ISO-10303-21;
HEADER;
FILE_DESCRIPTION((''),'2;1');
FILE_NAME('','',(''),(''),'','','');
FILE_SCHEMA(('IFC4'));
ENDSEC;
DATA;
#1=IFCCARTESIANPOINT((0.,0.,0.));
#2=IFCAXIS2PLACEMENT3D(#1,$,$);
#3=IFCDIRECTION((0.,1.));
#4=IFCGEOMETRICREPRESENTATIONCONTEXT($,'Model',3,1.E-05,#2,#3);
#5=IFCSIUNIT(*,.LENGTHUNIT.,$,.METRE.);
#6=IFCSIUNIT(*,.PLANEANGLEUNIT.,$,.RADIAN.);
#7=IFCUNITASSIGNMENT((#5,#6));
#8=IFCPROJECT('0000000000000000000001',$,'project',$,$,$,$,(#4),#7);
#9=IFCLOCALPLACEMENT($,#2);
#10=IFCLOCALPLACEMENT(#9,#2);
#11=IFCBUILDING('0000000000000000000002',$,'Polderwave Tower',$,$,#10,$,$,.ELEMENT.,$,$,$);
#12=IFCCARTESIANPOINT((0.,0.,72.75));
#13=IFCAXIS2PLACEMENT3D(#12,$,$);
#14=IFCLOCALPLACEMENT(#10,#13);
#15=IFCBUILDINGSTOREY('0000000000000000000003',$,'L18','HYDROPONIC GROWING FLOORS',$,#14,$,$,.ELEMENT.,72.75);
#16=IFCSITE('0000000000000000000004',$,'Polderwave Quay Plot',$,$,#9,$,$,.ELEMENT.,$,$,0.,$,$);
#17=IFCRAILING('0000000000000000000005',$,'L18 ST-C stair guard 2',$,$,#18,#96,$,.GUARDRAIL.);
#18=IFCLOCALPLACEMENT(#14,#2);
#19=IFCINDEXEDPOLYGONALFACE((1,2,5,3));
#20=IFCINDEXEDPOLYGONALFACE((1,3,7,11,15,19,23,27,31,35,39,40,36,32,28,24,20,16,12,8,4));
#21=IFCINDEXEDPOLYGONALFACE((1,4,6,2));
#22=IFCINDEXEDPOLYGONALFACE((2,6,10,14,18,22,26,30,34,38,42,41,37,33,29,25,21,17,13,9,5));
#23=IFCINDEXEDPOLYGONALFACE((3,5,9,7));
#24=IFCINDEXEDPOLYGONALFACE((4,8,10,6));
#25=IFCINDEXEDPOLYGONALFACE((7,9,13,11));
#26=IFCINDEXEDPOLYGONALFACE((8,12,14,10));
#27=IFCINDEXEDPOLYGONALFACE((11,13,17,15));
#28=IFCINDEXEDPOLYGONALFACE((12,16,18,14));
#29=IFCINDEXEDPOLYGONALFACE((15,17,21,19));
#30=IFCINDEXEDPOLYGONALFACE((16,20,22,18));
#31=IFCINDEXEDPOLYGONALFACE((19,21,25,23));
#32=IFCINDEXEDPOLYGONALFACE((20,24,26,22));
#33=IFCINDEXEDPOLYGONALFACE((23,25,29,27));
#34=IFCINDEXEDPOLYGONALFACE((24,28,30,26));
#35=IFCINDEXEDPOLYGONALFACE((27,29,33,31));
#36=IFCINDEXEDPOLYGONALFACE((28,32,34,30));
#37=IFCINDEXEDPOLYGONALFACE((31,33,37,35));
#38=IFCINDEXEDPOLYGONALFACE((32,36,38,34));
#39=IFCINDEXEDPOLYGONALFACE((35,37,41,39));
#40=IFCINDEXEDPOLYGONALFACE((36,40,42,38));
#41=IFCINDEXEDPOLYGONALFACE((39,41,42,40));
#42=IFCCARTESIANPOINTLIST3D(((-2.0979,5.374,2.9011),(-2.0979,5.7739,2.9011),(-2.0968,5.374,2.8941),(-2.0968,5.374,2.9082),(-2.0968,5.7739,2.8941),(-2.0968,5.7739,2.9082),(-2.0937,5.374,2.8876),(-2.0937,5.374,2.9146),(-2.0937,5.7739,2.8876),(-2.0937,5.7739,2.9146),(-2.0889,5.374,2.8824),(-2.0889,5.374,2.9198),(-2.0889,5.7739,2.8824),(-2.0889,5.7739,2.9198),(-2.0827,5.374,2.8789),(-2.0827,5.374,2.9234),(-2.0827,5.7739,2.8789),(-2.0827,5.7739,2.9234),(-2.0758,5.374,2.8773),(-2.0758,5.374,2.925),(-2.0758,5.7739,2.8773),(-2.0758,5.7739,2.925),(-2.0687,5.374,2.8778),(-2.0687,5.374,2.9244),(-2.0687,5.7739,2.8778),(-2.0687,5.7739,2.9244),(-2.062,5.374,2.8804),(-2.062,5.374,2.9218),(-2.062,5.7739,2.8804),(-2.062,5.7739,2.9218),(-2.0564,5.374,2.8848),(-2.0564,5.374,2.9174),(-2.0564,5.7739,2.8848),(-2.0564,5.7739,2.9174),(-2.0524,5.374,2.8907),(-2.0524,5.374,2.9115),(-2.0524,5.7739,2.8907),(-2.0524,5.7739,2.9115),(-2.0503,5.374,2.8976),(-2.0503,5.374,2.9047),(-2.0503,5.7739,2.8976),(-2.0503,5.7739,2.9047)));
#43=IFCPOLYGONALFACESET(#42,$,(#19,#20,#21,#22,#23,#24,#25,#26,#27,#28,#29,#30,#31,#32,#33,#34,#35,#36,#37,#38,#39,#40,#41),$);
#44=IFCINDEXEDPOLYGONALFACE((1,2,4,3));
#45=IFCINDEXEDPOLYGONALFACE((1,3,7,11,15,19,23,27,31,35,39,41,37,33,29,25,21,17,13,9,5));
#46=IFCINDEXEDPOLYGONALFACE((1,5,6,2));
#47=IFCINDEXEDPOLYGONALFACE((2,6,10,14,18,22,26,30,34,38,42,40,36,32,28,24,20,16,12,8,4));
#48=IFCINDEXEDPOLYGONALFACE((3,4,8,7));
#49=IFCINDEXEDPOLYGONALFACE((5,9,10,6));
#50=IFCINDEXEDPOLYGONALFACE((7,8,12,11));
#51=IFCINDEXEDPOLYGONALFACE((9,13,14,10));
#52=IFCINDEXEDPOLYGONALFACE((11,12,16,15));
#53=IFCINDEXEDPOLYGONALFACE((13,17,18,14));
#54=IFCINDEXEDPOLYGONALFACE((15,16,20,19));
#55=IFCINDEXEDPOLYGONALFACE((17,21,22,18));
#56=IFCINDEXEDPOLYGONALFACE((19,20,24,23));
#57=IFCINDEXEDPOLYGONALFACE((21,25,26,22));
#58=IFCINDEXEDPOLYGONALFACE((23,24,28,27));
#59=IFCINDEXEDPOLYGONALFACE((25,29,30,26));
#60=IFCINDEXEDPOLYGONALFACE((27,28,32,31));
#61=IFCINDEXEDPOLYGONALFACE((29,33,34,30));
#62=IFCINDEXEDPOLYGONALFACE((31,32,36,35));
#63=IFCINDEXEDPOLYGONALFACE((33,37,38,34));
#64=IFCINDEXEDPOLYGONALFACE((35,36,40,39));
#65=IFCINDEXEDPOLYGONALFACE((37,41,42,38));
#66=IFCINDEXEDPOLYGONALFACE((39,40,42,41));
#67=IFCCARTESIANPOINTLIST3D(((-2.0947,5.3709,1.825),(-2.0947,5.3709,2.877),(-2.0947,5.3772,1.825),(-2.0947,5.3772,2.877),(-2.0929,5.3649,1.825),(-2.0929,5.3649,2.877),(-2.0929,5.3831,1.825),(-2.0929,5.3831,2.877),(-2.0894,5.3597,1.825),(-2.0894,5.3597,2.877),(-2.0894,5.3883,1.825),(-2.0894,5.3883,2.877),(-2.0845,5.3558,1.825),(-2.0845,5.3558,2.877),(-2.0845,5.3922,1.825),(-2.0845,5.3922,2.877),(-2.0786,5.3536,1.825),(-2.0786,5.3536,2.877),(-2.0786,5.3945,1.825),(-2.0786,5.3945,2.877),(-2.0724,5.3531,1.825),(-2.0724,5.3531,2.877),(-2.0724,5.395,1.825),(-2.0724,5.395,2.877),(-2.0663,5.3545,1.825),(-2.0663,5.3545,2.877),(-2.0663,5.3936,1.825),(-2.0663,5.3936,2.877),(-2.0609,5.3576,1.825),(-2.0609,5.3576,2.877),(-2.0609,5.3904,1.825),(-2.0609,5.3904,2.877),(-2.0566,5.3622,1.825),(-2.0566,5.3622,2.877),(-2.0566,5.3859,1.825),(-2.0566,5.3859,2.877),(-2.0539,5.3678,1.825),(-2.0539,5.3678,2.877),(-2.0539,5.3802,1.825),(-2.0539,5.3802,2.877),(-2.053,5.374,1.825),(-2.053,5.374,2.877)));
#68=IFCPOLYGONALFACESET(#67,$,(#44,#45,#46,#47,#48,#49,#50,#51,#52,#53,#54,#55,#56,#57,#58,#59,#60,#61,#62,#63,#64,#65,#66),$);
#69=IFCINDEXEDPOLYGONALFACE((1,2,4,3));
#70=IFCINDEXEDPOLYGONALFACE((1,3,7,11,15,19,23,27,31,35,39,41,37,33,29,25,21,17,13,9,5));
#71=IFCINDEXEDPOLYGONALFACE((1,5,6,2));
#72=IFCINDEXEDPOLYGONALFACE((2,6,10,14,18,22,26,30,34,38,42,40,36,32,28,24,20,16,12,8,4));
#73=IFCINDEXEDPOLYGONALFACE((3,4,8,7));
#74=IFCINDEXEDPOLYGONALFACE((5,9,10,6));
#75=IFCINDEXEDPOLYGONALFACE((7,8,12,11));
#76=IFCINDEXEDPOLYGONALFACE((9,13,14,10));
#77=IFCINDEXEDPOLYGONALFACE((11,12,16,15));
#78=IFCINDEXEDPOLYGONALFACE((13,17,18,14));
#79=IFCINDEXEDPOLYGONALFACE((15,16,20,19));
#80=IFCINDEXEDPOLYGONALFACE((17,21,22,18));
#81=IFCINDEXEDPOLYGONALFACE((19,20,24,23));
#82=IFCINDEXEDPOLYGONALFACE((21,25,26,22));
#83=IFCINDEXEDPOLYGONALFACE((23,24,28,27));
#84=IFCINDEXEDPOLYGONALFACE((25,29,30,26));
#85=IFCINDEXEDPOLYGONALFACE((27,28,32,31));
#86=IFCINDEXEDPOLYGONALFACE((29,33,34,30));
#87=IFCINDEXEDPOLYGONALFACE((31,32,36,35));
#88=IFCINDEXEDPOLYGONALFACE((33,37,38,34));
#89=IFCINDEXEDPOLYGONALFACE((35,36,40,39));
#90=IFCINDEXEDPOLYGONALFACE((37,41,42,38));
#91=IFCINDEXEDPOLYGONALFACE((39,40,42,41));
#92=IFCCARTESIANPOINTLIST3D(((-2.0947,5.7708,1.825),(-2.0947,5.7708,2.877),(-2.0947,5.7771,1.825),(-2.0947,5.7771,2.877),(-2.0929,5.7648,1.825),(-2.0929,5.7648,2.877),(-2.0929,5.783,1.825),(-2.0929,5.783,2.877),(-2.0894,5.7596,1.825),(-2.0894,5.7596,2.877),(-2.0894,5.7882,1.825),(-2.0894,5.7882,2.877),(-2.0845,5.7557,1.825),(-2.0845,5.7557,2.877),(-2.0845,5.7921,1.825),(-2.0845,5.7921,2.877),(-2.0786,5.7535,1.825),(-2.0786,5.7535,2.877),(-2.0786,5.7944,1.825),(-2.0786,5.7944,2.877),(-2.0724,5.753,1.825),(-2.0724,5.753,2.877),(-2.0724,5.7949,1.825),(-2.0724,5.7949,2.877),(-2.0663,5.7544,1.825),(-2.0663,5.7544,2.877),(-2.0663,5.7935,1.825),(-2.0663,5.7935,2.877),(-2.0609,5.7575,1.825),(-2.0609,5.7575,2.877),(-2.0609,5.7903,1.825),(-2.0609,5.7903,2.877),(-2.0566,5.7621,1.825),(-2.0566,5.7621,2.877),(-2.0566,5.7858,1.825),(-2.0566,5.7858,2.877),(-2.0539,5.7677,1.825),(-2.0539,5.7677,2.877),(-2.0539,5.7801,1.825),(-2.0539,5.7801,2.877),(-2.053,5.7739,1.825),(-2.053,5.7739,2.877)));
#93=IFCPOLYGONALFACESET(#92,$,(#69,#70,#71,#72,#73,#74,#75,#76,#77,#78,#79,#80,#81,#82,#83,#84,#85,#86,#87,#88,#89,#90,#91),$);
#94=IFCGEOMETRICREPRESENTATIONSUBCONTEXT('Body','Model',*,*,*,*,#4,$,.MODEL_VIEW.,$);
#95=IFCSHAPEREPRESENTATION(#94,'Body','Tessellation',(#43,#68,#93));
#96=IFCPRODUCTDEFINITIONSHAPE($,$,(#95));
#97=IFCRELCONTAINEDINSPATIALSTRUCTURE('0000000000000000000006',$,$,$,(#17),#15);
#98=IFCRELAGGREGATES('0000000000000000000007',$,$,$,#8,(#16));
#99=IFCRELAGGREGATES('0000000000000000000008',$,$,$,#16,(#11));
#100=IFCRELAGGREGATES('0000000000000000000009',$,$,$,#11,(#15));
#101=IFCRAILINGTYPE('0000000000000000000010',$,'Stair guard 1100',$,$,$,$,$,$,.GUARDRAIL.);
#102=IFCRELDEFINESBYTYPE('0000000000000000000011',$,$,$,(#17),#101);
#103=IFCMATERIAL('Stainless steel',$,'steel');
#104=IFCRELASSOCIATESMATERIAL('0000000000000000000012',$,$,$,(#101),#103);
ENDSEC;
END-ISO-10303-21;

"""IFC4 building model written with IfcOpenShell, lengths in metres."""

from ifc_helpers import new_model, si_unit, direction, frame, origin, origin_2d, place, context, subcontext, project, spatial, circle, extrude, material, type_object, element, save


model = new_model("IFC4")

# Units and contexts
model_context = context("Model", 3, precision=1e-05, world=origin(), true_north=direction((0.0, 1.0)))
body_context = subcontext(model_context, "Body", "Model", "MODEL_VIEW")
ifc_project = project(units=[si_unit("LENGTHUNIT", "METRE"), si_unit("PLANEANGLEUNIT", "RADIAN")], contexts=[model_context])

# Site, building, storey
site_placement = place(None, origin())
site = spatial("IfcSite", under=ifc_project, at=site_placement, Name="Polderwave Quay Plot", CompositionType="ELEMENT", RefElevation=0.0)
building_placement = place(site_placement, origin())
building = spatial("IfcBuilding", under=site, at=building_placement, Name="Polderwave Tower", CompositionType="ELEMENT")
storey_placement = place(building_placement, frame((0.0, 0.0, 72.75)))
storey = spatial("IfcBuildingStorey", under=building, at=storey_placement, Name="L18", Description="HYDROPONIC GROWING FLOORS", CompositionType="ELEMENT", Elevation=72.75)

# Railing
ifc_material_1 = material(Name="Stainless steel", Category="steel")
railing_type_1 = type_object("IfcRailingType", Name="Stair guard 1100", PredefinedType="GUARDRAIL", material=ifc_material_1)
railing_1_placement = place(storey_placement, frame((-2.074, 5.374, 1.825)))
element("IfcRailing", 1, at=railing_1_placement, inside=storey, type_object=railing_type_1, Name="L18 ST-C stair guard 2", PredefinedType="GUARDRAIL", context=body_context, shape_type="SweptSolid", body=[
    extrude(circle(Radius=0.0239, at=origin_2d()), frame((0.0, 0.0, 1.0762), z_axis=(0.0, 1.0, 0.0), x_axis=(-1.0, 0.0, 0.0)), (0.0, 0.0, 1.0), 0.3999),
    extrude(circle(Radius=0.021, at=origin_2d()), origin(), (0.0, 0.0, 1.0), 1.052),
    extrude(circle(Radius=0.021, at=origin_2d()), frame((0.0, 0.3999, 0.0)), (0.0, 0.0, 1.0), 1.052),
])

save(model, "model.ifc")
